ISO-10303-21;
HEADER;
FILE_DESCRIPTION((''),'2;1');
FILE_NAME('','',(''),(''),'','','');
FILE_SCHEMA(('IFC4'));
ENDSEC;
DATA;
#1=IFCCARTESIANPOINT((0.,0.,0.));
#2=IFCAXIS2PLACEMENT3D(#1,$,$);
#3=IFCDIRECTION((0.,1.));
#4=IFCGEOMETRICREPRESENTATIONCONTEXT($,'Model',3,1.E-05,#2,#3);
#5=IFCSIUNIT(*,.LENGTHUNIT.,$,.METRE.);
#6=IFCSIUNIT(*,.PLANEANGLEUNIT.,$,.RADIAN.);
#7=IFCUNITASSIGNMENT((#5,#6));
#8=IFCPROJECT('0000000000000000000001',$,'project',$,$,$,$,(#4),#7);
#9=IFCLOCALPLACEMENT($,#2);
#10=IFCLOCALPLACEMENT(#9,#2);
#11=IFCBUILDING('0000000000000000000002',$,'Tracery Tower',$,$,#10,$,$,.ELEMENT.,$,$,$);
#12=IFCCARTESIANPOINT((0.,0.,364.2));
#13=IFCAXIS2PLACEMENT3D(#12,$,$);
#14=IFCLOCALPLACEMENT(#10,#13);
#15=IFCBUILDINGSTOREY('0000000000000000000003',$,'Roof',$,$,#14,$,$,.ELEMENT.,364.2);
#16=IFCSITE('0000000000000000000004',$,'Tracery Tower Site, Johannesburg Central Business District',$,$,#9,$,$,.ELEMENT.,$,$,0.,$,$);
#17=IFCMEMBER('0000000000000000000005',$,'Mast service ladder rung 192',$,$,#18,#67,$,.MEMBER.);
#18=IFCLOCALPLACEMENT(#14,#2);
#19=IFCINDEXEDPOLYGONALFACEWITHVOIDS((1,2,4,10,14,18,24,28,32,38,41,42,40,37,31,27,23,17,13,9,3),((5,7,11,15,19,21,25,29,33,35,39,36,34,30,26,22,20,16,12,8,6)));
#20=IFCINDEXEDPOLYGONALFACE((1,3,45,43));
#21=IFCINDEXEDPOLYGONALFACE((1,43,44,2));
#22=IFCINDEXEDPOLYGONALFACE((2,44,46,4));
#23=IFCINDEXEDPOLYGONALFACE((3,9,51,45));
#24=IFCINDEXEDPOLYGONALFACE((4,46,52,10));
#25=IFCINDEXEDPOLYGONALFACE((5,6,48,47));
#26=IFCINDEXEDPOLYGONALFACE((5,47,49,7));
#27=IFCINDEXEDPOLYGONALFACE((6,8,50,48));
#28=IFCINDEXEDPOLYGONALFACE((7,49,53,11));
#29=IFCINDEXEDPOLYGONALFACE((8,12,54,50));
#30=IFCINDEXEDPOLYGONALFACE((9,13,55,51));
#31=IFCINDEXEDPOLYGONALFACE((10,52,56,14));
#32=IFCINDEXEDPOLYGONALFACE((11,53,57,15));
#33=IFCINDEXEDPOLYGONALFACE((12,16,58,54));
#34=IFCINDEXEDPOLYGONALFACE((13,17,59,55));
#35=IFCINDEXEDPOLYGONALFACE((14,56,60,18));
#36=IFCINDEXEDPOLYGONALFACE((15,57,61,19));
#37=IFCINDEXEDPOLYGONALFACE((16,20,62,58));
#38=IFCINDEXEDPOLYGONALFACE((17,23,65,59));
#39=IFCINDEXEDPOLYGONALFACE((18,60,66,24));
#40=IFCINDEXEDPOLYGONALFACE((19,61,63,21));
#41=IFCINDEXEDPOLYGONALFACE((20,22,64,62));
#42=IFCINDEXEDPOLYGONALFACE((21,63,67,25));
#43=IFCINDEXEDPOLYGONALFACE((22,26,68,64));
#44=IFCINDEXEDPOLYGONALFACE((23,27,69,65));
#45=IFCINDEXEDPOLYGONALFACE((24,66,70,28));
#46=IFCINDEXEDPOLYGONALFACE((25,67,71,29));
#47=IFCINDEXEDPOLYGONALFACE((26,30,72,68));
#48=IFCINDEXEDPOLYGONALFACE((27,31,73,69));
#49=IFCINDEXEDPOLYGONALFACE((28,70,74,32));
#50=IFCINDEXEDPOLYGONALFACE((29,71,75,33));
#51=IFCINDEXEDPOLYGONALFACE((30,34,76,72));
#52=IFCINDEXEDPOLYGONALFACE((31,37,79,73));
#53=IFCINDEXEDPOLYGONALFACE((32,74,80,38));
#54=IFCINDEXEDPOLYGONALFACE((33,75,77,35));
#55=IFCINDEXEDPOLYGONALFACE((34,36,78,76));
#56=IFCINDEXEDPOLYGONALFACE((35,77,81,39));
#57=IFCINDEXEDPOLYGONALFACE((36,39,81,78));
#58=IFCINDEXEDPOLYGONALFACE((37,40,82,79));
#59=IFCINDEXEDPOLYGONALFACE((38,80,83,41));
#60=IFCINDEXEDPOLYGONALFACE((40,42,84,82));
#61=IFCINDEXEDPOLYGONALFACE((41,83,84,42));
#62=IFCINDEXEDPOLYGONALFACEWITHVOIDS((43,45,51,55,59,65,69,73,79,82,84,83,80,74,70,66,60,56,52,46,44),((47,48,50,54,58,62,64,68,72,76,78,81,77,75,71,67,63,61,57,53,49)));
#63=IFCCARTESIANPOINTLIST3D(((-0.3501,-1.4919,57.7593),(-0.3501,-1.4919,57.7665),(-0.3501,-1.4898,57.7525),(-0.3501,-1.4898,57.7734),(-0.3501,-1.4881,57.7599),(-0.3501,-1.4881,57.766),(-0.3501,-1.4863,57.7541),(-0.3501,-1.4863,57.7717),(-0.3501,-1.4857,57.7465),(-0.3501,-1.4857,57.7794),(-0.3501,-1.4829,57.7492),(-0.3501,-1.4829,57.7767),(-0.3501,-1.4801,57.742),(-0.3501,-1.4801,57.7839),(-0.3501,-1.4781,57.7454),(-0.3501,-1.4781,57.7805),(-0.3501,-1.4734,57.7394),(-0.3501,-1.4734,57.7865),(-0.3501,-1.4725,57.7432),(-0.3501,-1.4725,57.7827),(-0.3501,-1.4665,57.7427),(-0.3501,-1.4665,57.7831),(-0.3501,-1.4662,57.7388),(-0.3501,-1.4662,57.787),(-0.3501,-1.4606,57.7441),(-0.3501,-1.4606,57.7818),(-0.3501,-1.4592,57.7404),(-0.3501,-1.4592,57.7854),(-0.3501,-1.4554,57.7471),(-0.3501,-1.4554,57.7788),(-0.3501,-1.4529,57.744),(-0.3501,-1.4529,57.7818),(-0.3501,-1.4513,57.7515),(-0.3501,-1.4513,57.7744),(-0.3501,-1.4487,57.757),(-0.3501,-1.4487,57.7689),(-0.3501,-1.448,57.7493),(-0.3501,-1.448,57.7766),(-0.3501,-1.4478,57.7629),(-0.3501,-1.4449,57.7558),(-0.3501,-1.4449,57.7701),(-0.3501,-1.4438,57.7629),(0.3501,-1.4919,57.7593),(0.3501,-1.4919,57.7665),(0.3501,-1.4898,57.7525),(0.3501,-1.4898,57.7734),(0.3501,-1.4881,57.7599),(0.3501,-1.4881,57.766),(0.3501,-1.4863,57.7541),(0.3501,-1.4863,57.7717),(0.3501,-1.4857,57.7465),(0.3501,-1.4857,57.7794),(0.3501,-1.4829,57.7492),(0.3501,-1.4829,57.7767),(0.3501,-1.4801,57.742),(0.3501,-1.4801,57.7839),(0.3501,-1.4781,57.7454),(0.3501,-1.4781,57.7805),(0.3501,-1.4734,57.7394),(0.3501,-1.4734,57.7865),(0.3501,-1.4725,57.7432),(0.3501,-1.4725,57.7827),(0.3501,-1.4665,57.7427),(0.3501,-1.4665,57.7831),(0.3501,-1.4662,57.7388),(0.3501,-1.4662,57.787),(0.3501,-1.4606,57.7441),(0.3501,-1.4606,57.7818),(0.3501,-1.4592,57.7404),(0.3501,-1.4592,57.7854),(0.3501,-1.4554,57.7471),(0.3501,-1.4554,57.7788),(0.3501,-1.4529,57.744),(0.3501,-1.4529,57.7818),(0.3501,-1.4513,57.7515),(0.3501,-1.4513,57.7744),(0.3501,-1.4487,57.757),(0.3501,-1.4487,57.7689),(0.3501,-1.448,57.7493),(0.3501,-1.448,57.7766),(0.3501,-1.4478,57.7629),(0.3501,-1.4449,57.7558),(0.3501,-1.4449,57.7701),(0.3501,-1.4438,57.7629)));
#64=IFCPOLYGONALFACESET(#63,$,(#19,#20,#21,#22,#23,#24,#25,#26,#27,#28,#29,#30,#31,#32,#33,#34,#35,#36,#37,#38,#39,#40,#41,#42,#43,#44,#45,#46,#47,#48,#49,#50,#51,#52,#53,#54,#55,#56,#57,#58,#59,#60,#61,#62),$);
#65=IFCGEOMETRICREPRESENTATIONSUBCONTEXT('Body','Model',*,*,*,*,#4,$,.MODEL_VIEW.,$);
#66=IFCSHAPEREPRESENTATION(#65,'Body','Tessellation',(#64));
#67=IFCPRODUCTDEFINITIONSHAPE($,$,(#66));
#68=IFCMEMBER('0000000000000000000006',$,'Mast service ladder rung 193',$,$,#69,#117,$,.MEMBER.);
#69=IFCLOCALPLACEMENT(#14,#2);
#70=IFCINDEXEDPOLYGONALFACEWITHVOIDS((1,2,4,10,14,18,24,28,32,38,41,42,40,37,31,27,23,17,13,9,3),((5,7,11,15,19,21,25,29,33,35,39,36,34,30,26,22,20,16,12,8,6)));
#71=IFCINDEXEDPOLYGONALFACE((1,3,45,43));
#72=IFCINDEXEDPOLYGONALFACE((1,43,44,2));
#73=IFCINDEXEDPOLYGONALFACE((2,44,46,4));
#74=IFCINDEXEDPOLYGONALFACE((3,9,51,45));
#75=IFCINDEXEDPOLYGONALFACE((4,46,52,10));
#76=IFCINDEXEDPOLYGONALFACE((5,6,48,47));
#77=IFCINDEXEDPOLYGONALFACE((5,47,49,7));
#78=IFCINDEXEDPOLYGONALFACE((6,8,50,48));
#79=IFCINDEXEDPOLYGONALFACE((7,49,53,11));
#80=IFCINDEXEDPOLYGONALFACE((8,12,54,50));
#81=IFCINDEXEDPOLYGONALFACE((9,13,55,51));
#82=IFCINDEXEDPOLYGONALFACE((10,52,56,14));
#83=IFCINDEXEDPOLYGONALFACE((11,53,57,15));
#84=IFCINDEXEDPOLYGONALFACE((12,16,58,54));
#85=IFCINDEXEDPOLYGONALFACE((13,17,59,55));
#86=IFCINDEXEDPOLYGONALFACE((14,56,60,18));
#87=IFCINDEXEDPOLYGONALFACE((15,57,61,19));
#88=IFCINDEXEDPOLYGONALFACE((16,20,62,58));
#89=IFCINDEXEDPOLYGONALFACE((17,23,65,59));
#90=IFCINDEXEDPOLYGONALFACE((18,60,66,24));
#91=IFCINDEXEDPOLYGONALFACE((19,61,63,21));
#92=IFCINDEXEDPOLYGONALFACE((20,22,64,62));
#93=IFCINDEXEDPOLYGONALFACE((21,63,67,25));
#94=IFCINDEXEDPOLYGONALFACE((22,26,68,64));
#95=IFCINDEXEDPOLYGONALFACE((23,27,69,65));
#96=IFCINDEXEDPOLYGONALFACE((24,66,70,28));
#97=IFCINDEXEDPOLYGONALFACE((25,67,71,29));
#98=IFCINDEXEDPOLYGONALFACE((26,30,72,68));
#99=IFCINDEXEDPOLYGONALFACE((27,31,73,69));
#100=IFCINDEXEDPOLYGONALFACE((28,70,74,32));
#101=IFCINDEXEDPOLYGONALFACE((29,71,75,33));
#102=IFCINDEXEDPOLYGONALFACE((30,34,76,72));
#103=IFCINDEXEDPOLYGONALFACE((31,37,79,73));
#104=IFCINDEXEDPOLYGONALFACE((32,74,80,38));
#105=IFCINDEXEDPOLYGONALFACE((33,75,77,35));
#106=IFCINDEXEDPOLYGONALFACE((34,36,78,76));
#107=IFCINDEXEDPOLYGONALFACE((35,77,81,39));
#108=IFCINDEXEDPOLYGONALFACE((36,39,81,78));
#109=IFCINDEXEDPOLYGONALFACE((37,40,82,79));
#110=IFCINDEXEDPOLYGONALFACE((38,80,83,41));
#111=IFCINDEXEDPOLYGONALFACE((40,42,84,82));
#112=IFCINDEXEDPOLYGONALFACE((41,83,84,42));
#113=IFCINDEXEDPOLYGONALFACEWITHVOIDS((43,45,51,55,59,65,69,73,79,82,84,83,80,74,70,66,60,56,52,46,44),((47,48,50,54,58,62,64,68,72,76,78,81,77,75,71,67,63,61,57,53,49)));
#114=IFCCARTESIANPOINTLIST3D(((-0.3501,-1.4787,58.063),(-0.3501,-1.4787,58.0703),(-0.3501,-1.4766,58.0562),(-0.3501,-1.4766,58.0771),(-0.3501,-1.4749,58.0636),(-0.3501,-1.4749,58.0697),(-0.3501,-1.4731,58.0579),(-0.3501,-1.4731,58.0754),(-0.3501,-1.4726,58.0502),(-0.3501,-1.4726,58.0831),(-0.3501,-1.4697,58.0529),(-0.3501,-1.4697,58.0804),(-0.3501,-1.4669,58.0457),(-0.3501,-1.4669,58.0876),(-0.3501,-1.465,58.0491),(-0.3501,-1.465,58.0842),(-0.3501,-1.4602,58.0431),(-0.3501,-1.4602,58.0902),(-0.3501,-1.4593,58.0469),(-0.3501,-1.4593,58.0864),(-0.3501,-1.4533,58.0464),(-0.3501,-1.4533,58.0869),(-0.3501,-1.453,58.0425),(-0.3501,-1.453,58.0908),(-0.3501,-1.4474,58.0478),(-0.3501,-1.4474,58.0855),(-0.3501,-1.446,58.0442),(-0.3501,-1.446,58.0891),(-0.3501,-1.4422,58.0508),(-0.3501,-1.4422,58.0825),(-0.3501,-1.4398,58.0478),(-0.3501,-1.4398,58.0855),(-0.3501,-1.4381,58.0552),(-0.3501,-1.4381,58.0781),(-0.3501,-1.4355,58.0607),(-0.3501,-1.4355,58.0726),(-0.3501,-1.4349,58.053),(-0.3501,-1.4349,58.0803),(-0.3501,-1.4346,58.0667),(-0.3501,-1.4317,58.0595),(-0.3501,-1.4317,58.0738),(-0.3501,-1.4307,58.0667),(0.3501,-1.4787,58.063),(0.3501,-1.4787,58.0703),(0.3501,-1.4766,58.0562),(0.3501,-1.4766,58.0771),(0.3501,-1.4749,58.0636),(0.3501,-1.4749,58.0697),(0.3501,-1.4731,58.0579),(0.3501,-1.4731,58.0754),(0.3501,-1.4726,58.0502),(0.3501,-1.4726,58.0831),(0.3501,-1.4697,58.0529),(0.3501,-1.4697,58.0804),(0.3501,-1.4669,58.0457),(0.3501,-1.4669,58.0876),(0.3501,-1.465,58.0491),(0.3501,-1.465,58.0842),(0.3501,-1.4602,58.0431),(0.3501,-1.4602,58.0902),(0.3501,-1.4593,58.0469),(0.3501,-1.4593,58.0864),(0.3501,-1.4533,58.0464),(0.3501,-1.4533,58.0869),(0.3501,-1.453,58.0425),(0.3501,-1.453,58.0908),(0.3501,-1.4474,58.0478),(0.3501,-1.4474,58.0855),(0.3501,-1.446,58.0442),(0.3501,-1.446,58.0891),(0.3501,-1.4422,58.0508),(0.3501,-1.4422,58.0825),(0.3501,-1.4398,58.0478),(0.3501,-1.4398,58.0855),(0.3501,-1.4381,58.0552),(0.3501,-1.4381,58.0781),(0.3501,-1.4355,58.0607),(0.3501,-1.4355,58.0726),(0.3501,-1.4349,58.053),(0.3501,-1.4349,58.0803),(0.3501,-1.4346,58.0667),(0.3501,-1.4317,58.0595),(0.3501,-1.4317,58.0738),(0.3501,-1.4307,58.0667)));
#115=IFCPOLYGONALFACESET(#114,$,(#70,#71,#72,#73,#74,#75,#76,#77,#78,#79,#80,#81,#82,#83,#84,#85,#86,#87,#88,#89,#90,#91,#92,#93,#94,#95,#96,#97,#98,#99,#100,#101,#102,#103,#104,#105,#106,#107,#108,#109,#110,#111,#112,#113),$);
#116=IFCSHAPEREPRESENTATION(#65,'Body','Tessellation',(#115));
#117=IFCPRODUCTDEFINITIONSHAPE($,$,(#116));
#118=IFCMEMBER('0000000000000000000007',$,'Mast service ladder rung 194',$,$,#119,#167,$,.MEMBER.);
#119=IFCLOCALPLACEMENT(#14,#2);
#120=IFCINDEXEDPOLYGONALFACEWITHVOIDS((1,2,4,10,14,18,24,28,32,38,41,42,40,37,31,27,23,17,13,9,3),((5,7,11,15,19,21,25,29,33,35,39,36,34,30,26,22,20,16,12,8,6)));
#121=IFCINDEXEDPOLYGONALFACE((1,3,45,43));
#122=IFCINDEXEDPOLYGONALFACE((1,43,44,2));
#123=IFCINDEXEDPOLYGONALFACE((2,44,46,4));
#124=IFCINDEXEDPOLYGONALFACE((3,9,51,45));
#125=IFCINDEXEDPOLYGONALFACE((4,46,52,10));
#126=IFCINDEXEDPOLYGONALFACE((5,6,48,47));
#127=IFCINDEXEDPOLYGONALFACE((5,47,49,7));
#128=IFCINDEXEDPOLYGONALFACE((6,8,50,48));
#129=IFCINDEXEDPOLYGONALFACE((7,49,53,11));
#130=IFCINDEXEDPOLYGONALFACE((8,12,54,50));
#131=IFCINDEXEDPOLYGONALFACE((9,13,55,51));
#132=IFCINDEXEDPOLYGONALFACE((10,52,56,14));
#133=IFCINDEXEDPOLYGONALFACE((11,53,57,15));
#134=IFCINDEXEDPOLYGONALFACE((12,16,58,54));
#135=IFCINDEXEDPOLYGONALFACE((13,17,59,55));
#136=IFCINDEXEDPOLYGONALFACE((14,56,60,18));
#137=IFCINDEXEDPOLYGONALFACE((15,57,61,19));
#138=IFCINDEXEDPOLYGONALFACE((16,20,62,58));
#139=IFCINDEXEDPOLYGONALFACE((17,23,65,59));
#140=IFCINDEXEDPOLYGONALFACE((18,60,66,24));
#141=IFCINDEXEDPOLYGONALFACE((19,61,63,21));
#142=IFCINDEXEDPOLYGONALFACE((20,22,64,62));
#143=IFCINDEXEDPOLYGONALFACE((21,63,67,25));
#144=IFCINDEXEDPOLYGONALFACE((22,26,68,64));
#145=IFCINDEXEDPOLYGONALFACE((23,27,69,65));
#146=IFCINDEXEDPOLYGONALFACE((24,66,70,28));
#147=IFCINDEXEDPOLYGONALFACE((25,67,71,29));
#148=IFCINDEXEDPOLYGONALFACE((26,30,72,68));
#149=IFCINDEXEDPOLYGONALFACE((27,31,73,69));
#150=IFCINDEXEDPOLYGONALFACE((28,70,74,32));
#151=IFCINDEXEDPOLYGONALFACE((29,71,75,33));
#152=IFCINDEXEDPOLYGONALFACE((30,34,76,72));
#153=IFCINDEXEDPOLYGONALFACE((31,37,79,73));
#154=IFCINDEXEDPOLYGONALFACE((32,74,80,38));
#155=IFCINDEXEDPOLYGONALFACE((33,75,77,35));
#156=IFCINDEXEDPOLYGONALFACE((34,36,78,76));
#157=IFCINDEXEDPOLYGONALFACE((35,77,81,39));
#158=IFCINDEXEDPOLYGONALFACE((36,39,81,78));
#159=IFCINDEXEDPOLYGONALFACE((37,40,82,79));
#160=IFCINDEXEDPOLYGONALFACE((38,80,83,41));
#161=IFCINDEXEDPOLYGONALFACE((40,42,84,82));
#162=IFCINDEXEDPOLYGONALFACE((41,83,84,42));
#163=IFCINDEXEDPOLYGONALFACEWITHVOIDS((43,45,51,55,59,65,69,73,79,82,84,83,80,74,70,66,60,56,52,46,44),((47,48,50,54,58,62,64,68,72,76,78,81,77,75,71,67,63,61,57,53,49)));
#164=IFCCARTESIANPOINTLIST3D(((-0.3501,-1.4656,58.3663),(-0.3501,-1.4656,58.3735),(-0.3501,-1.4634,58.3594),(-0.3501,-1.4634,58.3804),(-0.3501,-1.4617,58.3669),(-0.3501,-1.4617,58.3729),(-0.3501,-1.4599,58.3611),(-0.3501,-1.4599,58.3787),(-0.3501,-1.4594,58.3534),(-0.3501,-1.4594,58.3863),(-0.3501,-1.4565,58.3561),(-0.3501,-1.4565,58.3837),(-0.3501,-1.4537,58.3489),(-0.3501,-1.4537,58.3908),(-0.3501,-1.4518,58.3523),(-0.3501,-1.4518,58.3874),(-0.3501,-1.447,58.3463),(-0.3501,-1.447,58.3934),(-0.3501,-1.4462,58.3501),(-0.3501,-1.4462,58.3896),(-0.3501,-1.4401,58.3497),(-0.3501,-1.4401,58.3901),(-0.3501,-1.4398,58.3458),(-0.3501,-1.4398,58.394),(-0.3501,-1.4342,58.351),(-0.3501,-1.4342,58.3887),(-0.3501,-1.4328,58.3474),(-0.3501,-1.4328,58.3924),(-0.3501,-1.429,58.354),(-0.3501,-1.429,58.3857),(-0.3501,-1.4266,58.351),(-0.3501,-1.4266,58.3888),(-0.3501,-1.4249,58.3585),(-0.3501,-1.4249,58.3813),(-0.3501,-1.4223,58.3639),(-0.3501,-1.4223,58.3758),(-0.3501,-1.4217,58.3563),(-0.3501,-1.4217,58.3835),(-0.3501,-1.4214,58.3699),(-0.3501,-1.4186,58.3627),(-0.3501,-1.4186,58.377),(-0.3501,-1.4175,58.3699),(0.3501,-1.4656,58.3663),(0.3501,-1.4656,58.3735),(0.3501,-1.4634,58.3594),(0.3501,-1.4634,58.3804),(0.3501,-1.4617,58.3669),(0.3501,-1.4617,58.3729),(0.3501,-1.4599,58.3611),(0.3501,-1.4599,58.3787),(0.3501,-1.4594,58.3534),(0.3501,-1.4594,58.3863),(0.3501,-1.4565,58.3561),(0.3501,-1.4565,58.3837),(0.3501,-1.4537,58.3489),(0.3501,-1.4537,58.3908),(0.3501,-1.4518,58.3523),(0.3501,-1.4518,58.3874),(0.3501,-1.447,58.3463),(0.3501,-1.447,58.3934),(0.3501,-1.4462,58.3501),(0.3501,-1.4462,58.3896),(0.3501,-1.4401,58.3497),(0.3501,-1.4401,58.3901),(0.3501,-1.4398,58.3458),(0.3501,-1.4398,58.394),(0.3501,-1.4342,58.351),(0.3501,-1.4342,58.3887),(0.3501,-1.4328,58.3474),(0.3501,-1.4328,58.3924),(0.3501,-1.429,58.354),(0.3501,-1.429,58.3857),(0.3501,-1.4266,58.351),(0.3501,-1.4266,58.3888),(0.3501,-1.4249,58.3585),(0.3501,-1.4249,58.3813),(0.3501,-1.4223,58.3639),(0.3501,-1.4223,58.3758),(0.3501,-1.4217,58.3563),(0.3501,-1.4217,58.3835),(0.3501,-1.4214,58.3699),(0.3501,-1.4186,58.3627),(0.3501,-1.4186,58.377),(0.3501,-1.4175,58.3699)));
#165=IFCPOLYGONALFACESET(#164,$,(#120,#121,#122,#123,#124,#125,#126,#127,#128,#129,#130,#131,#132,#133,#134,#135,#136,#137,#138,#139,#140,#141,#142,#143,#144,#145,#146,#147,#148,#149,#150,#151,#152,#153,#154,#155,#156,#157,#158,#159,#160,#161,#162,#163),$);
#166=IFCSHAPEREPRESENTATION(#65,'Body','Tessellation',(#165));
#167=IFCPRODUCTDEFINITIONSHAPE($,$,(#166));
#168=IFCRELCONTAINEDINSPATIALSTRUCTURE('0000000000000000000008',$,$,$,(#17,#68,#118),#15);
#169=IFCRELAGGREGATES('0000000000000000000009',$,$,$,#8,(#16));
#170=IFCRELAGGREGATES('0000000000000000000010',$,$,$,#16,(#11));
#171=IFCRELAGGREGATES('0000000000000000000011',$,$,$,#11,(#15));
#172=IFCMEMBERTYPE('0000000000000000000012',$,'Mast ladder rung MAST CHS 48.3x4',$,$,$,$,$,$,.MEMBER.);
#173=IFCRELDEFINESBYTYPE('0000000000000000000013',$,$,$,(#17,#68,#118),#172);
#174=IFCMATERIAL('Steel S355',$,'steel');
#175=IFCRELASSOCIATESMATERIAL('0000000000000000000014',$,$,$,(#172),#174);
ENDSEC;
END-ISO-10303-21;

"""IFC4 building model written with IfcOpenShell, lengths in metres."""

from ifc_helpers import new_model, si_unit, direction, frame, origin, origin_2d, place, context, subcontext, project, spatial, hollow_circle, extrude, material, material_profile, profile_set, type_object, element, save


model = new_model("IFC4")

# Units and contexts
model_context = context("Model", 3, precision=1e-05, world=origin(), true_north=direction((0.0, 1.0)))
body_context = subcontext(model_context, "Body", "Model", "MODEL_VIEW")
ifc_project = project(units=[si_unit("LENGTHUNIT", "METRE"), si_unit("PLANEANGLEUNIT", "RADIAN")], contexts=[model_context])

# Site, building, storey
site_placement = place(None, origin())
site = spatial("IfcSite", under=ifc_project, at=site_placement, Name="Tracery Tower Site, Johannesburg Central Business District", CompositionType="ELEMENT", RefElevation=0.0)
building_placement = place(site_placement, origin())
building = spatial("IfcBuilding", under=site, at=building_placement, Name="Tracery Tower", CompositionType="ELEMENT")
storey_placement = place(building_placement, frame((0.0, 0.0, 364.2)))
storey = spatial("IfcBuildingStorey", under=building, at=storey_placement, Name="Roof", CompositionType="ELEMENT", Elevation=364.2)

# Members
ifc_material_1 = material(Name="Steel S355", Category="steel")
ifc_material_profile_1 = material_profile(ifc_material_1, hollow_circle(Radius=0.0242, WallThickness=0.0039, at=origin_2d()), Name="CHS 48.3x4")
ifc_profile_set_1 = profile_set([ifc_material_profile_1], Name="Steel S355")
member_type_1 = type_object("IfcMemberType", Name="Mast ladder rung MAST CHS 48.3x4", PredefinedType="MEMBER", material=ifc_profile_set_1)
for number, where, z_axis, x_axis, name in (
    (1, (-0.3501, -1.468, 57.7629), (1.0, 0.0, 0.0), (0.0, 1.0, 0.0), "Mast service ladder rung 192"),
    (2, (-0.3501, -1.4548, 58.0667), (1.0, 0.0, 0.0), (0.0, 1.0, 0.0), "Mast service ladder rung 193"),
    (3, (-0.3501, -1.4417, 58.3699), (1.0, 0.0, 0.0), (0.0, 1.0, 0.0), "Mast service ladder rung 194"),
):
    element("IfcMember", number, at=place(storey_placement, frame(where, z_axis=z_axis, x_axis=x_axis)), inside=storey, type_object=member_type_1, Name=name, PredefinedType="MEMBER", context=body_context, shape_type="SweptSolid", body=[
        extrude(hollow_circle(Radius=0.0242, WallThickness=0.0039, at=origin_2d()), origin(), (0.0, 0.0, 1.0), 0.7002),
    ])

save(model, "model.ifc")
